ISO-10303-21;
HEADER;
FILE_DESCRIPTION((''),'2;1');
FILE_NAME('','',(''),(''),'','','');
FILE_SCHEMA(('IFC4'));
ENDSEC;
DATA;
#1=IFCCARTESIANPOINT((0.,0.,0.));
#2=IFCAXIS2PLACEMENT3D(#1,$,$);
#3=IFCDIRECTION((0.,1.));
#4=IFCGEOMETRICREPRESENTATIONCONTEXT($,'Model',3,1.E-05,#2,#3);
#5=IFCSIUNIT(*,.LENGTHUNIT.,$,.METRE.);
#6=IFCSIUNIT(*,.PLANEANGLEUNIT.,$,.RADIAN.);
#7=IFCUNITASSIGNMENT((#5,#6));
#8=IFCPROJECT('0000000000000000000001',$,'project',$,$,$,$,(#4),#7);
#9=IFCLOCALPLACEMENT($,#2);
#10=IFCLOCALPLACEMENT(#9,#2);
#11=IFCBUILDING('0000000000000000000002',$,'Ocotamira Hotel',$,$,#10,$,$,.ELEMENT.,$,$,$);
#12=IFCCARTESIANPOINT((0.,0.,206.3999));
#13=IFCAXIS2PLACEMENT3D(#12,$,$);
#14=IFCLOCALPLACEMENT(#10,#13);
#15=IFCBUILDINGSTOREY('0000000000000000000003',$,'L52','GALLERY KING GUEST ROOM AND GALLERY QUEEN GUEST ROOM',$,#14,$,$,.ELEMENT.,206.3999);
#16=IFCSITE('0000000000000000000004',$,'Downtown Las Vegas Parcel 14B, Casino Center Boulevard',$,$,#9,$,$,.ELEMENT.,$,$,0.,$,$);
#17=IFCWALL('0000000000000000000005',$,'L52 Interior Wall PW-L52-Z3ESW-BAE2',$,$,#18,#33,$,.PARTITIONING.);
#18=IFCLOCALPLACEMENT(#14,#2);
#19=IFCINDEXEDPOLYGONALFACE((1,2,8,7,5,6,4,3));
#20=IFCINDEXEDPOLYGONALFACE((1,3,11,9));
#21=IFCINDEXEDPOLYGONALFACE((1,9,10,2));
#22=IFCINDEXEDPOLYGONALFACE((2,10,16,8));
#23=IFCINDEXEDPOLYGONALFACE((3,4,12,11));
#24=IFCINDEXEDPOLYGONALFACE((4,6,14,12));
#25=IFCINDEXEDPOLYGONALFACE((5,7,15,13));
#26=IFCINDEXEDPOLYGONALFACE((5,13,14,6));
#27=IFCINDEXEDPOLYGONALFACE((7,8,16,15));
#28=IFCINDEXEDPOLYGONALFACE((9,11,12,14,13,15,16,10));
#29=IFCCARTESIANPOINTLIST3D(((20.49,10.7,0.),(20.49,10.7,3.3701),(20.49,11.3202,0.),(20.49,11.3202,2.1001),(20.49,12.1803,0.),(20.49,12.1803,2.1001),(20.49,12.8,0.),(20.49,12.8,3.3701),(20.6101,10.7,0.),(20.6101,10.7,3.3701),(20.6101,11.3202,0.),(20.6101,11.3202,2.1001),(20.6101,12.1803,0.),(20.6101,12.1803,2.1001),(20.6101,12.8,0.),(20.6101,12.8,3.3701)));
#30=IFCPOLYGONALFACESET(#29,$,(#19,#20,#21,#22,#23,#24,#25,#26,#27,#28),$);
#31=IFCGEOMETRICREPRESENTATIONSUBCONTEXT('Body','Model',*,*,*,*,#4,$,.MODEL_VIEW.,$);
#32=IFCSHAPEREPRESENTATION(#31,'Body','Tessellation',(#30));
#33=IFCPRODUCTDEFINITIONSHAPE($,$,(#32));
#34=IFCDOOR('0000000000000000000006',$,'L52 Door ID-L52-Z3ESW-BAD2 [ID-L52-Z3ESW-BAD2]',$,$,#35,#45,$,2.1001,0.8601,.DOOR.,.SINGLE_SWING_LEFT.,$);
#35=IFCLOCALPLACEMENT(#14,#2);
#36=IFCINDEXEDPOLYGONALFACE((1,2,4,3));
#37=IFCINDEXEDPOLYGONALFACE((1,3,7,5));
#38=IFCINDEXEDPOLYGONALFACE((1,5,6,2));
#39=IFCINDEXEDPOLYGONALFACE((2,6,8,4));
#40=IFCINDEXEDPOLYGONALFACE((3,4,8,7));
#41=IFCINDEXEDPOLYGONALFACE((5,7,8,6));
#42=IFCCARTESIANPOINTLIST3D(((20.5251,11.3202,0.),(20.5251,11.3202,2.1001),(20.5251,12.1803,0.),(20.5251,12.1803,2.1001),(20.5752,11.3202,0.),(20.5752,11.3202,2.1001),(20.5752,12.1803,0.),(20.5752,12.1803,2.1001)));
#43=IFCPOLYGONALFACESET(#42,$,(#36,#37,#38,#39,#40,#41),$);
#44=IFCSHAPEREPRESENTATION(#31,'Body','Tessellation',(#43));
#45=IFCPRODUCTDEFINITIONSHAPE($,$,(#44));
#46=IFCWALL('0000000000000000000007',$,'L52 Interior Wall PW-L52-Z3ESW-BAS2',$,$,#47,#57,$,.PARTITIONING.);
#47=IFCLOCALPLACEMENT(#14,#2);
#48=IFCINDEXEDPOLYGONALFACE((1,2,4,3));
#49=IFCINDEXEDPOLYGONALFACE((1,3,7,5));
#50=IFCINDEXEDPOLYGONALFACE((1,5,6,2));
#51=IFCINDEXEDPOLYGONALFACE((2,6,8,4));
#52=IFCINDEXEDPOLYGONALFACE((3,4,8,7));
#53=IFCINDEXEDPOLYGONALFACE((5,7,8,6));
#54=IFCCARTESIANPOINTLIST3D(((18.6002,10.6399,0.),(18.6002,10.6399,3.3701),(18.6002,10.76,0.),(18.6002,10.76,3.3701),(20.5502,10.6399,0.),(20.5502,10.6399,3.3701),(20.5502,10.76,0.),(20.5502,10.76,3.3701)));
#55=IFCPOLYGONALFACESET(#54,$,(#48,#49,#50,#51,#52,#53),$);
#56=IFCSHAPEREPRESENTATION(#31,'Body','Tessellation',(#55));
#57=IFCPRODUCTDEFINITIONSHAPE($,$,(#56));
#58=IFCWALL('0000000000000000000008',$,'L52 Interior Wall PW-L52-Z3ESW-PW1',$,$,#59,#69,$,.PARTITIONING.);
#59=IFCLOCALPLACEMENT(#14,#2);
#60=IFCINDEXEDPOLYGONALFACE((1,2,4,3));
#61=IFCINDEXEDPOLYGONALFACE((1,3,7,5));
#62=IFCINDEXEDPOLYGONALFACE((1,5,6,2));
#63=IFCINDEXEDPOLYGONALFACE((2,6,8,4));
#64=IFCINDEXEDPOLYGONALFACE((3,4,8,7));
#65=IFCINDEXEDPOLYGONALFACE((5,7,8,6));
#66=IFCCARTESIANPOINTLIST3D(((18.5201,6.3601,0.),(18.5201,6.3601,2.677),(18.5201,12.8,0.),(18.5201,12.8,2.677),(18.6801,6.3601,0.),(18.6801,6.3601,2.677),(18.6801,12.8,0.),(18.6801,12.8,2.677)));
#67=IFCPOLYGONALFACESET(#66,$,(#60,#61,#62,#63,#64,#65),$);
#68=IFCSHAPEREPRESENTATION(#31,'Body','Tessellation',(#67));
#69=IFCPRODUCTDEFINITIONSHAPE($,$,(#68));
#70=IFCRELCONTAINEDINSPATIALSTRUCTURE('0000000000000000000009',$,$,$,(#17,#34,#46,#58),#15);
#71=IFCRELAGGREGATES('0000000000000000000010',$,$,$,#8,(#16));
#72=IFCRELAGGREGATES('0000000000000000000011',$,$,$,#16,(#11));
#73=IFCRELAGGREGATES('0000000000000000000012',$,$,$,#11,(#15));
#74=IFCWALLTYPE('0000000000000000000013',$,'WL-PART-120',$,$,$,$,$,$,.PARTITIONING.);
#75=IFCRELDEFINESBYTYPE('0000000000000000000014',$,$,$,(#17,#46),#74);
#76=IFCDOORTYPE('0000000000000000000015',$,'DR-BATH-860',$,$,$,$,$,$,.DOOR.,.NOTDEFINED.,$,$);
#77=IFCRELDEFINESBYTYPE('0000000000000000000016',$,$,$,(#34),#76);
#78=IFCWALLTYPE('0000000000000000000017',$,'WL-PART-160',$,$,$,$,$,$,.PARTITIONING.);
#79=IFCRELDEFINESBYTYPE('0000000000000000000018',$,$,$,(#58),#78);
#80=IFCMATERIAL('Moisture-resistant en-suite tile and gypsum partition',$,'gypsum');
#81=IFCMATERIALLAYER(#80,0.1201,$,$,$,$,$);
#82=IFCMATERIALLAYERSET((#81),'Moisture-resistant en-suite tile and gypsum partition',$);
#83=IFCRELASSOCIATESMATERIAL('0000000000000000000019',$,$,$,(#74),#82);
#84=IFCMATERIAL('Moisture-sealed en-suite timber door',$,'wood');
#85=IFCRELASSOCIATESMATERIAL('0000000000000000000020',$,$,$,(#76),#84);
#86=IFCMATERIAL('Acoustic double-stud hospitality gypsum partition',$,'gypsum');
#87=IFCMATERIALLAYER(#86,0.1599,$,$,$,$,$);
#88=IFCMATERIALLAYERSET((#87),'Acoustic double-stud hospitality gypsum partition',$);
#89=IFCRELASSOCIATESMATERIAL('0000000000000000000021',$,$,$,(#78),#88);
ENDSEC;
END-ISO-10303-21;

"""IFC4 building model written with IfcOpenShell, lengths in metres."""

from ifc_helpers import new_model, si_unit, direction, frame, frame_2d, origin, place, context, subcontext, project, spatial, rectangle, extrude, source, transform, mapped, material, layer, layer_set, type_object, element, fill, save


model = new_model("IFC4")

# Units and contexts
model_context = context("Model", 3, precision=1e-05, world=origin(), true_north=direction((0.0, 1.0)))
body_context = subcontext(model_context, "Body", "Model", "MODEL_VIEW")
ifc_project = project(units=[si_unit("LENGTHUNIT", "METRE"), si_unit("PLANEANGLEUNIT", "RADIAN")], contexts=[model_context])

# Site, building, storey
site_placement = place(None, origin())
site = spatial("IfcSite", under=ifc_project, at=site_placement, Name="Downtown Las Vegas Parcel 14B, Casino Center Boulevard", CompositionType="ELEMENT", RefElevation=0.0)
building_placement = place(site_placement, origin())
building = spatial("IfcBuilding", under=site, at=building_placement, Name="Ocotamira Hotel", CompositionType="ELEMENT")
storey_placement = place(building_placement, frame((0.0, 0.0, 206.3999)))
storey = spatial("IfcBuildingStorey", under=building, at=storey_placement, Name="L52", Description="GALLERY KING GUEST ROOM AND GALLERY QUEEN GUEST ROOM", CompositionType="ELEMENT", Elevation=206.3999)

# Shared definitions
ifc_material_1 = material(Name="Moisture-resistant en-suite tile and gypsum partition", Category="gypsum")
ifc_layer_1 = layer(ifc_material_1, 0.1201)
ifc_layer_set_1 = layer_set([ifc_layer_1], Name="Moisture-resistant en-suite tile and gypsum partition")
wall_type_1 = type_object("IfcWallType", Name="WL-PART-120", PredefinedType="PARTITIONING", material=ifc_layer_set_1)
ifc_material_2 = material(Name="Moisture-sealed en-suite timber door", Category="wood")
door_type = type_object("IfcDoorType", Name="DR-BATH-860", OperationType="NOTDEFINED", PredefinedType="DOOR", material=ifc_material_2)
shared_shape_1 = source(origin(), body_context, "Body", "SweptSolid", [
    extrude(rectangle(XDim=0.8601, YDim=2.1001, at=frame_2d((0.4302, 1.05))), frame((0.0, 0.0249, 0.0), z_axis=(0.0, -1.0, 0.0), x_axis=(1.0, 0.0, 0.0)), (0.0, 0.0, 1.0), 0.05),
])

# Wall, opening, door
wall_1_placement = place(storey_placement, frame((20.55, 10.7, 0.0), z_axis=(0.0, 0.0, 1.0), x_axis=(0.0, 1.0, 0.0)))
wall_1 = element("IfcWall", 1, at=wall_1_placement, inside=storey, type_object=wall_type_1, Name="L52 Interior Wall PW-L52-Z3ESW-BAE2", PredefinedType="PARTITIONING", context=body_context, shape_type="SweptSolid", body=[
    extrude(rectangle(XDim=2.1001, YDim=0.1201, at=frame_2d((1.05, 0.0))), origin(), (0.0, 0.0, 1.0), 3.3701),
])
opening_1_placement = place(wall_1_placement, frame((0.6201, 0.0, 0.0)))
opening_1 = element("IfcOpeningElement", 2, at=opening_1_placement, cuts=wall_1, PredefinedType="OPENING", context=body_context, shape_type="SweptSolid", body=[
    extrude(rectangle(XDim=0.8601, YDim=2.1001, at=frame_2d((0.4302, 1.05))), frame((0.0, 0.0701, 0.0), z_axis=(0.0, -1.0, 0.0), x_axis=(1.0, 0.0, 0.0)), (0.0, 0.0, 1.0), 0.1401),
])
door_1_placement = place(opening_1_placement, origin())
door_1 = element("IfcDoor", 3, at=door_1_placement, inside=storey, type_object=door_type, Name="L52 Door ID-L52-Z3ESW-BAD2 [ID-L52-Z3ESW-BAD2]", OperationType="SINGLE_SWING_LEFT", OverallHeight=2.1001, OverallWidth=0.8601, PredefinedType="DOOR", context=body_context, shape_type="MappedRepresentation", body=[
    mapped(shared_shape_1, transform((0.0, 0.0, 0.0), scale=1.0)),
])
fill(opening_1, door_1)

# Walls
wall_2_placement = place(storey_placement, frame((18.6001, 10.7, 0.0), z_axis=(0.0, 0.0, 1.0), x_axis=(1.0, 0.0, 0.0)))
element("IfcWall", 4, at=wall_2_placement, inside=storey, type_object=wall_type_1, Name="L52 Interior Wall PW-L52-Z3ESW-BAS2", PredefinedType="PARTITIONING", context=body_context, shape_type="SweptSolid", body=[
    extrude(rectangle(XDim=1.95, YDim=0.1201, at=frame_2d((0.9751, 0.0))), origin(), (0.0, 0.0, 1.0), 3.3701),
])
ifc_material_3 = material(Name="Acoustic double-stud hospitality gypsum partition", Category="gypsum")
ifc_layer_2 = layer(ifc_material_3, 0.1599)
ifc_layer_set_2 = layer_set([ifc_layer_2], Name="Acoustic double-stud hospitality gypsum partition")
wall_type_2 = type_object("IfcWallType", Name="WL-PART-160", PredefinedType="PARTITIONING", material=ifc_layer_set_2)
wall_3_placement = place(storey_placement, frame((18.6001, 6.3601, 0.0), z_axis=(0.0, 0.0, 1.0), x_axis=(0.0, 1.0, 0.0)))
element("IfcWall", 5, at=wall_3_placement, inside=storey, type_object=wall_type_2, Name="L52 Interior Wall PW-L52-Z3ESW-PW1", PredefinedType="PARTITIONING", context=body_context, shape_type="SweptSolid", body=[
    extrude(rectangle(XDim=6.4399, YDim=0.1599, at=frame_2d((3.22, 0.0))), origin(), (0.0, 0.0, 1.0), 2.677),
])

save(model, "model.ifc")
